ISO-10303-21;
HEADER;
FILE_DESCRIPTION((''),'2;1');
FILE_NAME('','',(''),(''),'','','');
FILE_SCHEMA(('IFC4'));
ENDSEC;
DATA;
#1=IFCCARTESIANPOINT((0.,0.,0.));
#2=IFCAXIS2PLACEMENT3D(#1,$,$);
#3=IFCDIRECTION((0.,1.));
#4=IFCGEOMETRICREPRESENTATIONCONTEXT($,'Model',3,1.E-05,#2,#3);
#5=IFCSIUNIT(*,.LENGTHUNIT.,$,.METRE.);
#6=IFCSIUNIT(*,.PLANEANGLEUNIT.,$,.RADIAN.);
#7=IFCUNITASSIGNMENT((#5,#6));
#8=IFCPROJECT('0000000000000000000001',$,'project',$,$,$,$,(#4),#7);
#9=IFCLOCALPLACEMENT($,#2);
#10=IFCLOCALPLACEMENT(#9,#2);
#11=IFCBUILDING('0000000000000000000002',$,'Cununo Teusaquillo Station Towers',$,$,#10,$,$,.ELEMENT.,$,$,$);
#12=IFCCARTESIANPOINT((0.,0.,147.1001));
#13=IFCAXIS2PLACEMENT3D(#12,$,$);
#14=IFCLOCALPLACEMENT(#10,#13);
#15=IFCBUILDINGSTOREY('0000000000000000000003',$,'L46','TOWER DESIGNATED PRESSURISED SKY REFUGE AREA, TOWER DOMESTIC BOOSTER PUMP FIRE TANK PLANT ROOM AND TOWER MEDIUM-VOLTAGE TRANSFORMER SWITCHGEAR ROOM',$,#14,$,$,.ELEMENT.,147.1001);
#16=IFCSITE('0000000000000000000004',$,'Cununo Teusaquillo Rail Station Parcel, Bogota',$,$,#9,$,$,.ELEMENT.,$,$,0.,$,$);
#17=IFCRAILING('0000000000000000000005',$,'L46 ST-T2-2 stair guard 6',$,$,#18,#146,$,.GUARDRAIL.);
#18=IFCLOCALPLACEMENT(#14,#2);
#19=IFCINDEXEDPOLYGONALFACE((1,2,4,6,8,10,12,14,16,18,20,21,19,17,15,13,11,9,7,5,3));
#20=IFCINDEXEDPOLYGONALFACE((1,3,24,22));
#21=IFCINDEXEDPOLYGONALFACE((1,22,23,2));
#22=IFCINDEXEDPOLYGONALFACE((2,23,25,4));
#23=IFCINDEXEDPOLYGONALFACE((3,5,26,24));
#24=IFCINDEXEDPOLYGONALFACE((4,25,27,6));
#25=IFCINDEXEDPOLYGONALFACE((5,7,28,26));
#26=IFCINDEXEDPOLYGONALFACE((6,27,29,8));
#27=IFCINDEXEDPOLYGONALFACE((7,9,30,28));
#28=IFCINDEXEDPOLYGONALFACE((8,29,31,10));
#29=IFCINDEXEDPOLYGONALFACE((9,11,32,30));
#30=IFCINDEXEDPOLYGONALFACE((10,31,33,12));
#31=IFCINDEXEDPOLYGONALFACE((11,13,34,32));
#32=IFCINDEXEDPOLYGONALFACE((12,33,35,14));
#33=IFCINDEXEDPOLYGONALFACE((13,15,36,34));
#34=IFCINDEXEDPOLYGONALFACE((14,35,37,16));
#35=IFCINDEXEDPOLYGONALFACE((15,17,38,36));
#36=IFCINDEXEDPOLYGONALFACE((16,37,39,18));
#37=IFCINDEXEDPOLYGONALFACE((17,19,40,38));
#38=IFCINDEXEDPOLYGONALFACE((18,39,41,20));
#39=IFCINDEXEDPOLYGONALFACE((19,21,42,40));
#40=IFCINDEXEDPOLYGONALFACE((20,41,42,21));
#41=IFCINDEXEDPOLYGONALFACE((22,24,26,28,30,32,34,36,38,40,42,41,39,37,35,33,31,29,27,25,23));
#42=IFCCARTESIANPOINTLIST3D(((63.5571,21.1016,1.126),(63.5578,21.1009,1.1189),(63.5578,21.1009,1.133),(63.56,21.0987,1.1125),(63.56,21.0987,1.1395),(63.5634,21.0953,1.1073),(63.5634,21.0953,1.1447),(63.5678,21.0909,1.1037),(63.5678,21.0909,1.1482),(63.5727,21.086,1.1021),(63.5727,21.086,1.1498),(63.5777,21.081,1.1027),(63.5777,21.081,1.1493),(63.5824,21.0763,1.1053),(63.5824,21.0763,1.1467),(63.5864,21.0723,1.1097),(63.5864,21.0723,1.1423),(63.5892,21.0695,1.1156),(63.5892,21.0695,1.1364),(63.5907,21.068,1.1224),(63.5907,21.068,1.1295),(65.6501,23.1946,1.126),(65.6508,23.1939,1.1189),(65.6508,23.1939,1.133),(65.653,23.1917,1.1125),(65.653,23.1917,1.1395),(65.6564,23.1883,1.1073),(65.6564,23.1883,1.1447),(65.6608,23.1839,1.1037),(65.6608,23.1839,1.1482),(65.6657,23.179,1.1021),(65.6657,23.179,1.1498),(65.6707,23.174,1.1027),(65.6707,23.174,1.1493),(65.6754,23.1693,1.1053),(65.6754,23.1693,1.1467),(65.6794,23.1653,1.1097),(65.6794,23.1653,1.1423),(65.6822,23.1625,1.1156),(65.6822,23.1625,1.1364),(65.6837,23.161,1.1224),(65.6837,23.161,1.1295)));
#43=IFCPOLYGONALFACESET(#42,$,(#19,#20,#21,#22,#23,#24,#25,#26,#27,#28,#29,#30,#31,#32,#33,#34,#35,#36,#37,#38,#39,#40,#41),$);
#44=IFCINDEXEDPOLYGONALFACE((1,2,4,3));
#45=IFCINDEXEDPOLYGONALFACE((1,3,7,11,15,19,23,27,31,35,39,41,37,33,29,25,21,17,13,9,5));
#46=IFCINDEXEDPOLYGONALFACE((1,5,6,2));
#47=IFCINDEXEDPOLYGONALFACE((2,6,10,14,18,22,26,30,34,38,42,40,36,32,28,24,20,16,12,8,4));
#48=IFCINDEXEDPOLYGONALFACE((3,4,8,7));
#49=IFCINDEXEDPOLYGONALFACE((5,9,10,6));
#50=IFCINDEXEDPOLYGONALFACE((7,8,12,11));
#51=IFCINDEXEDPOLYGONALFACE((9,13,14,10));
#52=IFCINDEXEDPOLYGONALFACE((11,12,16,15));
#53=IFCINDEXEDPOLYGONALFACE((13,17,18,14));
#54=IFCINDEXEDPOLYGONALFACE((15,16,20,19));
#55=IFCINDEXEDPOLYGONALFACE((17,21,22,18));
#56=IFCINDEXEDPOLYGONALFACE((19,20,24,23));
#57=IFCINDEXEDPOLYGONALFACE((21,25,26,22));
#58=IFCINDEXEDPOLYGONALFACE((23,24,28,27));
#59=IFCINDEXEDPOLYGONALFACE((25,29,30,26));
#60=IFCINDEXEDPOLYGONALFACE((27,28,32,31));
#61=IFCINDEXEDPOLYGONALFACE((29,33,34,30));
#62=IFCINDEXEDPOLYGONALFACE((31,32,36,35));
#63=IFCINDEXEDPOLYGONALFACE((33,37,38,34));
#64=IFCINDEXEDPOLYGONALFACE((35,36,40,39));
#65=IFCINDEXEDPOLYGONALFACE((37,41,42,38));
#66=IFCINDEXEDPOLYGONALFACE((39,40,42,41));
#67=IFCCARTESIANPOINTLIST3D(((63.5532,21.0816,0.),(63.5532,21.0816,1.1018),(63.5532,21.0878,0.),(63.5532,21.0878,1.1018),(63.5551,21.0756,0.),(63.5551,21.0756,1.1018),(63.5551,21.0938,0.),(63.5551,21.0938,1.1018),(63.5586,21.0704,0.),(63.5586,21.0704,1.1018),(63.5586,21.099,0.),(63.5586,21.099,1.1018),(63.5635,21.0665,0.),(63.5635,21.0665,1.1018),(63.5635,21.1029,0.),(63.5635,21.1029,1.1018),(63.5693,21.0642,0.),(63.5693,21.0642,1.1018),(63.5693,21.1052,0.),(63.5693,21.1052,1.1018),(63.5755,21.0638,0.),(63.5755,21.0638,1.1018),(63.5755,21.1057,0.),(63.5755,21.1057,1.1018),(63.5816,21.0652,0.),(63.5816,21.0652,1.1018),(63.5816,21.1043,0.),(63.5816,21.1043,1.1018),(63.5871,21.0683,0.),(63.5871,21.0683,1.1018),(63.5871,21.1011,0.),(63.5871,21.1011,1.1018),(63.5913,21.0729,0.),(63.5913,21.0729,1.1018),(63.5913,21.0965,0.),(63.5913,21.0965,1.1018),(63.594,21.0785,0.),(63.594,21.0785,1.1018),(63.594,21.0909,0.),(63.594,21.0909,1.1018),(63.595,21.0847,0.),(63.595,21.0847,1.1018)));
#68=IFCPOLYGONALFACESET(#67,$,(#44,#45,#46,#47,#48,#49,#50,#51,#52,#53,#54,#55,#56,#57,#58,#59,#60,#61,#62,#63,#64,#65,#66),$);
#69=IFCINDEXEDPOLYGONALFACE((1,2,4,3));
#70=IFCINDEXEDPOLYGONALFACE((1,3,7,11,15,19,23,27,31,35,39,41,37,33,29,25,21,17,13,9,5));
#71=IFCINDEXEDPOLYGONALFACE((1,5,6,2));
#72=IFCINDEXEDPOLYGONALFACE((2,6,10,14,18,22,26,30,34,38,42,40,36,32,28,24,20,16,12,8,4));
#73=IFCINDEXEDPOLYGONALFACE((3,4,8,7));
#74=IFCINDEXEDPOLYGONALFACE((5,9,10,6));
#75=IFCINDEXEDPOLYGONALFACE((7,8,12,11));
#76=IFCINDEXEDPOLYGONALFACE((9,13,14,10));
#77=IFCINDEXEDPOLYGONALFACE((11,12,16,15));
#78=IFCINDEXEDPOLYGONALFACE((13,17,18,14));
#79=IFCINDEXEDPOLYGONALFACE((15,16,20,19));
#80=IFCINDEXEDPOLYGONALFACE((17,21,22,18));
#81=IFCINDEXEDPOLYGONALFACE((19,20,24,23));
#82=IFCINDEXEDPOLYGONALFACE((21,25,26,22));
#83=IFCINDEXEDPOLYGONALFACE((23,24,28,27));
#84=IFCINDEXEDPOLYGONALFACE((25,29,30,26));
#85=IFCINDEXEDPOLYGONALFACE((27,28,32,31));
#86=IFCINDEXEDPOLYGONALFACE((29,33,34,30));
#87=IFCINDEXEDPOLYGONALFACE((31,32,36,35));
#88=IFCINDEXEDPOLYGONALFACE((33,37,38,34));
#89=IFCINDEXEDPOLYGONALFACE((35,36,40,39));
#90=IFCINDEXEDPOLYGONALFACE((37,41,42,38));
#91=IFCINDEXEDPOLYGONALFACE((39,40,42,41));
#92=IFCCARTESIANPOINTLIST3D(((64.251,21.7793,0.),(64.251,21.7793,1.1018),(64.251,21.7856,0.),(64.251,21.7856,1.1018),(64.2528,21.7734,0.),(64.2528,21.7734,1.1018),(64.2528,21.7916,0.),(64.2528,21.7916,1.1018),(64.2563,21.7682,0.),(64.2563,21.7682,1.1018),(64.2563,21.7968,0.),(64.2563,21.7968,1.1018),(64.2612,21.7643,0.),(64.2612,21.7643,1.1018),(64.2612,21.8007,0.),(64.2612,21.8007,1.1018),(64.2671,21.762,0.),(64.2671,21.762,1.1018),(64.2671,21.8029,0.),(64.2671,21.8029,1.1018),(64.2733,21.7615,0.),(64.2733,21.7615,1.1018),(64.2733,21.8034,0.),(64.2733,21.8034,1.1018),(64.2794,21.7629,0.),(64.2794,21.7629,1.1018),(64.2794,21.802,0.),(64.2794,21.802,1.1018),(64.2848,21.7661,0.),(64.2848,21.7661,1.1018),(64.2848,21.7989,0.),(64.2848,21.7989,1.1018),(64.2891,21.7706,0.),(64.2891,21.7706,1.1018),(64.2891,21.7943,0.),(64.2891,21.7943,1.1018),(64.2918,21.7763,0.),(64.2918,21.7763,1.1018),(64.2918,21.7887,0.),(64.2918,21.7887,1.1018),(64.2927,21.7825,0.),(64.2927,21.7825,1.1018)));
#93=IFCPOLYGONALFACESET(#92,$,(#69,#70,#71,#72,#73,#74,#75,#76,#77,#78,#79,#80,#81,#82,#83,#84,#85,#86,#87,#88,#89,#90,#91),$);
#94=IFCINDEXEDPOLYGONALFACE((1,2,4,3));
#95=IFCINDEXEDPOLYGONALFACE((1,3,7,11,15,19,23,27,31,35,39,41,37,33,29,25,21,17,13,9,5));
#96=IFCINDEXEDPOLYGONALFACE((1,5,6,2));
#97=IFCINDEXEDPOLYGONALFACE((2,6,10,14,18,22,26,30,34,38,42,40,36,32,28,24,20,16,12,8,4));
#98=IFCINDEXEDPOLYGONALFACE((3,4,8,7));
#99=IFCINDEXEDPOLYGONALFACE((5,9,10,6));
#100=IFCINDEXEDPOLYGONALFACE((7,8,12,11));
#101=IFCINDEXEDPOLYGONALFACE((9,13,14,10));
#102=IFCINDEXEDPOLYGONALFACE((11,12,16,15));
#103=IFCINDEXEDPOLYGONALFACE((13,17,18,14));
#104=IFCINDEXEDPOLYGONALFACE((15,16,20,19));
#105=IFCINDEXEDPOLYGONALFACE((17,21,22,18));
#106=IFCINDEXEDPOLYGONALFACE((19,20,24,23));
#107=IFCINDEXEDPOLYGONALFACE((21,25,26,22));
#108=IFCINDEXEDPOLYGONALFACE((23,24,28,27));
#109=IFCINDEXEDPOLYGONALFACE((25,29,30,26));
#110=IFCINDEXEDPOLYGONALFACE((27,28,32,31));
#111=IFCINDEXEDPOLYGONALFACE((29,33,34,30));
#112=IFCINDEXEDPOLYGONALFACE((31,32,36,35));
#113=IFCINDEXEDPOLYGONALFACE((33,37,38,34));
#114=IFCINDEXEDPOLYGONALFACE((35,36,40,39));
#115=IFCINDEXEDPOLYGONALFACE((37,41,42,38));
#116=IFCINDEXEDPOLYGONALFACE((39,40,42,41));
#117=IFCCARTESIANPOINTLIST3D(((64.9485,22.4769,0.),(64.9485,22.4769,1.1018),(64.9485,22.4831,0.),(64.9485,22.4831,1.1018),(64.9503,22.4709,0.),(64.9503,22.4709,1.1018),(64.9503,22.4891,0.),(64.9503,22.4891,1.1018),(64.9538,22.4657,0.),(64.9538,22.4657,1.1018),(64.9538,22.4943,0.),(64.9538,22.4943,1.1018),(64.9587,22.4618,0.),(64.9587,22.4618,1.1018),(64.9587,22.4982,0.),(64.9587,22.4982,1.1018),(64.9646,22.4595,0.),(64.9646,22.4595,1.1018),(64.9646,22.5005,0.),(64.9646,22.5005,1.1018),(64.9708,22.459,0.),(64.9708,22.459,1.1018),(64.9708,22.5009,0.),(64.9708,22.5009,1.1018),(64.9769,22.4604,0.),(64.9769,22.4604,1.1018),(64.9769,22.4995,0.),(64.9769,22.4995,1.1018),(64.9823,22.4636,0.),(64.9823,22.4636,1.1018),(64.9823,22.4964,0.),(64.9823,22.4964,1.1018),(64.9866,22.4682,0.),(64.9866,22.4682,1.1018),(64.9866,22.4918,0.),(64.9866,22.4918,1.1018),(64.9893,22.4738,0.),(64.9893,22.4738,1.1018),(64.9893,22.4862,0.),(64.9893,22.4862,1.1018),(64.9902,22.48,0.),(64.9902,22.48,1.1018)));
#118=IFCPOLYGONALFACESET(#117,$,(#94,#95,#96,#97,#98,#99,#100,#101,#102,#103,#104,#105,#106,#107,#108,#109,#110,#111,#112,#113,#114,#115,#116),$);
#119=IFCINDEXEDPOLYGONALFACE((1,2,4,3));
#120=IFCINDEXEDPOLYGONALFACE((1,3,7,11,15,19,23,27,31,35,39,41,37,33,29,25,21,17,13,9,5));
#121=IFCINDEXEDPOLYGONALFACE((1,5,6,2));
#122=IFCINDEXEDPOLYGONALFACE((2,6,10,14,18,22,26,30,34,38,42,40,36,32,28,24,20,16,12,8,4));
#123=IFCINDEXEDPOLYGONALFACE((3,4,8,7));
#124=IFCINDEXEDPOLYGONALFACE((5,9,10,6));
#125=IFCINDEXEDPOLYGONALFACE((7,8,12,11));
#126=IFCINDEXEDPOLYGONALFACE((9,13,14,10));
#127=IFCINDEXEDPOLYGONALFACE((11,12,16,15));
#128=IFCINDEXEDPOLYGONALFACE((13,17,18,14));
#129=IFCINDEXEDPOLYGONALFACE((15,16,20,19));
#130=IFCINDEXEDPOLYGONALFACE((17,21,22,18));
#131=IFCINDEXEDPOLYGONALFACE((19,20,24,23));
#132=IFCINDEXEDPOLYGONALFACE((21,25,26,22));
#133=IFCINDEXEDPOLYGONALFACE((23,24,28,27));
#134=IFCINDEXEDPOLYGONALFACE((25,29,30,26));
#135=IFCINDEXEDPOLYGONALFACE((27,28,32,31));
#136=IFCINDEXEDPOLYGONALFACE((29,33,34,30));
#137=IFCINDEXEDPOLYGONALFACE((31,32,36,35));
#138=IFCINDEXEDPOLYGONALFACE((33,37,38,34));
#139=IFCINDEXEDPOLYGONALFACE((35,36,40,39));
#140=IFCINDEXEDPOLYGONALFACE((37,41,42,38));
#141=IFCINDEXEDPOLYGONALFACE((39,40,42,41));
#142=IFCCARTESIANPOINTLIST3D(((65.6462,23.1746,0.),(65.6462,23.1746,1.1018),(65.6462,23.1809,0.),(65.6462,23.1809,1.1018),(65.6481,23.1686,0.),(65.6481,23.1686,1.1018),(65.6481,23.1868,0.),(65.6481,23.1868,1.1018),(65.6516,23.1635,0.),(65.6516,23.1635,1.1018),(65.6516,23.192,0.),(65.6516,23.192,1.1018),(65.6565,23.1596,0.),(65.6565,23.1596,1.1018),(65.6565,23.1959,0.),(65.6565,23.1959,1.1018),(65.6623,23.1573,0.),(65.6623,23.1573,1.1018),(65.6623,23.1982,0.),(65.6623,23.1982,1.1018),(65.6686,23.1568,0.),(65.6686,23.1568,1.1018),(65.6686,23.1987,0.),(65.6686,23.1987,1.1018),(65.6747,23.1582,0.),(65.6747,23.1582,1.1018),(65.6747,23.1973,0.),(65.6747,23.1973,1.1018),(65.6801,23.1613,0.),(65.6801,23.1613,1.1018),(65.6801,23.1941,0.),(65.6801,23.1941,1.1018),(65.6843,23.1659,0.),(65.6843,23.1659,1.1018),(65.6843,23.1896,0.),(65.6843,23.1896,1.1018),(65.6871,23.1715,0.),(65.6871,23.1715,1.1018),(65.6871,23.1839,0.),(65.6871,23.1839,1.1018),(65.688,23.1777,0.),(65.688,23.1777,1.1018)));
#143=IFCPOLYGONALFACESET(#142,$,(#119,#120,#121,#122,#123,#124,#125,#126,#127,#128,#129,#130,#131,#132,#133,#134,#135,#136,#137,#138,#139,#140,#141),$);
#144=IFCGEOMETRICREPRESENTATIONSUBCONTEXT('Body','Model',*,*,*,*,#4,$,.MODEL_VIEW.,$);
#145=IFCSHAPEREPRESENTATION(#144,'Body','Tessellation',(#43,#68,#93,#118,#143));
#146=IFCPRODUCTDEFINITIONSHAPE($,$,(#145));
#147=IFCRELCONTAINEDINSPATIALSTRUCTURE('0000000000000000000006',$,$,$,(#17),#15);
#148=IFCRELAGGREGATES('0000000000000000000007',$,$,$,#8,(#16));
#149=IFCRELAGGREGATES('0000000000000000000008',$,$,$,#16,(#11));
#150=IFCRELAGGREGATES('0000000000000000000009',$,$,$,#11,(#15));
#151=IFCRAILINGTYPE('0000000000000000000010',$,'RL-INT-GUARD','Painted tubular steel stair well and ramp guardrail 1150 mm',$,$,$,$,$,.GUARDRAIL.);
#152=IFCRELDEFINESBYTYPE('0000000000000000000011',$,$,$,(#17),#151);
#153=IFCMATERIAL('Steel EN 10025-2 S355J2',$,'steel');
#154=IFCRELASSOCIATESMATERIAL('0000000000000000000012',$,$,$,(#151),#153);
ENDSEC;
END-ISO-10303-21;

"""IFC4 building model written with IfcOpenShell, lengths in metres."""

from ifc_helpers import new_model, si_unit, direction, frame, origin, origin_2d, place, context, subcontext, project, spatial, circle, extrude, material, type_object, element, save


model = new_model("IFC4")

# Units and contexts
model_context = context("Model", 3, precision=1e-05, world=origin(), true_north=direction((0.0, 1.0)))
body_context = subcontext(model_context, "Body", "Model", "MODEL_VIEW")
ifc_project = project(units=[si_unit("LENGTHUNIT", "METRE"), si_unit("PLANEANGLEUNIT", "RADIAN")], contexts=[model_context])

# Site, building, storey
site_placement = place(None, origin())
site = spatial("IfcSite", under=ifc_project, at=site_placement, Name="Cununo Teusaquillo Rail Station Parcel, Bogota", CompositionType="ELEMENT", RefElevation=0.0)
building_placement = place(site_placement, origin())
building = spatial("IfcBuilding", under=site, at=building_placement, Name="Cununo Teusaquillo Station Towers", CompositionType="ELEMENT")
storey_placement = place(building_placement, frame((0.0, 0.0, 147.1001)))
storey = spatial("IfcBuildingStorey", under=building, at=storey_placement, Name="L46", Description="TOWER DESIGNATED PRESSURISED SKY REFUGE AREA, TOWER DOMESTIC BOOSTER PUMP FIRE TANK PLANT ROOM AND TOWER MEDIUM-VOLTAGE TRANSFORMER SWITCHGEAR ROOM", CompositionType="ELEMENT", Elevation=147.1001)

# Railing
ifc_material_1 = material(Name="Steel EN 10025-2 S355J2", Category="steel")
railing_type = type_object("IfcRailingType", Name="RL-INT-GUARD", Description="Painted tubular steel stair well and ramp guardrail 1150 mm", PredefinedType="GUARDRAIL", material=ifc_material_1)
railing_1_placement = place(storey_placement, frame((63.574, 21.0847, 0.0)))
element("IfcRailing", 1, at=railing_1_placement, inside=storey, type_object=railing_type, Name="L46 ST-T2-2 stair guard 6", PredefinedType="GUARDRAIL", context=body_context, shape_type="SweptSolid", body=[
    extrude(circle(Radius=0.0239, at=origin_2d()), frame((0.0, 0.0, 1.126), z_axis=(0.707107, 0.707107, 0.0), x_axis=(-0.707107, 0.707107, 0.0)), (0.0, 0.0, 1.0), 2.96),
    extrude(circle(Radius=0.021, at=origin_2d()), origin(), (0.0, 0.0, 1.0), 1.1018),
    extrude(circle(Radius=0.021, at=origin_2d()), frame((0.6978, 0.6978, 0.0)), (0.0, 0.0, 1.0), 1.1018),
    extrude(circle(Radius=0.021, at=origin_2d()), frame((1.3953, 1.3953, 0.0)), (0.0, 0.0, 1.0), 1.1018),
    extrude(circle(Radius=0.021, at=origin_2d()), frame((2.093, 2.093, 0.0)), (0.0, 0.0, 1.0), 1.1018),
])

save(model, "model.ifc")
